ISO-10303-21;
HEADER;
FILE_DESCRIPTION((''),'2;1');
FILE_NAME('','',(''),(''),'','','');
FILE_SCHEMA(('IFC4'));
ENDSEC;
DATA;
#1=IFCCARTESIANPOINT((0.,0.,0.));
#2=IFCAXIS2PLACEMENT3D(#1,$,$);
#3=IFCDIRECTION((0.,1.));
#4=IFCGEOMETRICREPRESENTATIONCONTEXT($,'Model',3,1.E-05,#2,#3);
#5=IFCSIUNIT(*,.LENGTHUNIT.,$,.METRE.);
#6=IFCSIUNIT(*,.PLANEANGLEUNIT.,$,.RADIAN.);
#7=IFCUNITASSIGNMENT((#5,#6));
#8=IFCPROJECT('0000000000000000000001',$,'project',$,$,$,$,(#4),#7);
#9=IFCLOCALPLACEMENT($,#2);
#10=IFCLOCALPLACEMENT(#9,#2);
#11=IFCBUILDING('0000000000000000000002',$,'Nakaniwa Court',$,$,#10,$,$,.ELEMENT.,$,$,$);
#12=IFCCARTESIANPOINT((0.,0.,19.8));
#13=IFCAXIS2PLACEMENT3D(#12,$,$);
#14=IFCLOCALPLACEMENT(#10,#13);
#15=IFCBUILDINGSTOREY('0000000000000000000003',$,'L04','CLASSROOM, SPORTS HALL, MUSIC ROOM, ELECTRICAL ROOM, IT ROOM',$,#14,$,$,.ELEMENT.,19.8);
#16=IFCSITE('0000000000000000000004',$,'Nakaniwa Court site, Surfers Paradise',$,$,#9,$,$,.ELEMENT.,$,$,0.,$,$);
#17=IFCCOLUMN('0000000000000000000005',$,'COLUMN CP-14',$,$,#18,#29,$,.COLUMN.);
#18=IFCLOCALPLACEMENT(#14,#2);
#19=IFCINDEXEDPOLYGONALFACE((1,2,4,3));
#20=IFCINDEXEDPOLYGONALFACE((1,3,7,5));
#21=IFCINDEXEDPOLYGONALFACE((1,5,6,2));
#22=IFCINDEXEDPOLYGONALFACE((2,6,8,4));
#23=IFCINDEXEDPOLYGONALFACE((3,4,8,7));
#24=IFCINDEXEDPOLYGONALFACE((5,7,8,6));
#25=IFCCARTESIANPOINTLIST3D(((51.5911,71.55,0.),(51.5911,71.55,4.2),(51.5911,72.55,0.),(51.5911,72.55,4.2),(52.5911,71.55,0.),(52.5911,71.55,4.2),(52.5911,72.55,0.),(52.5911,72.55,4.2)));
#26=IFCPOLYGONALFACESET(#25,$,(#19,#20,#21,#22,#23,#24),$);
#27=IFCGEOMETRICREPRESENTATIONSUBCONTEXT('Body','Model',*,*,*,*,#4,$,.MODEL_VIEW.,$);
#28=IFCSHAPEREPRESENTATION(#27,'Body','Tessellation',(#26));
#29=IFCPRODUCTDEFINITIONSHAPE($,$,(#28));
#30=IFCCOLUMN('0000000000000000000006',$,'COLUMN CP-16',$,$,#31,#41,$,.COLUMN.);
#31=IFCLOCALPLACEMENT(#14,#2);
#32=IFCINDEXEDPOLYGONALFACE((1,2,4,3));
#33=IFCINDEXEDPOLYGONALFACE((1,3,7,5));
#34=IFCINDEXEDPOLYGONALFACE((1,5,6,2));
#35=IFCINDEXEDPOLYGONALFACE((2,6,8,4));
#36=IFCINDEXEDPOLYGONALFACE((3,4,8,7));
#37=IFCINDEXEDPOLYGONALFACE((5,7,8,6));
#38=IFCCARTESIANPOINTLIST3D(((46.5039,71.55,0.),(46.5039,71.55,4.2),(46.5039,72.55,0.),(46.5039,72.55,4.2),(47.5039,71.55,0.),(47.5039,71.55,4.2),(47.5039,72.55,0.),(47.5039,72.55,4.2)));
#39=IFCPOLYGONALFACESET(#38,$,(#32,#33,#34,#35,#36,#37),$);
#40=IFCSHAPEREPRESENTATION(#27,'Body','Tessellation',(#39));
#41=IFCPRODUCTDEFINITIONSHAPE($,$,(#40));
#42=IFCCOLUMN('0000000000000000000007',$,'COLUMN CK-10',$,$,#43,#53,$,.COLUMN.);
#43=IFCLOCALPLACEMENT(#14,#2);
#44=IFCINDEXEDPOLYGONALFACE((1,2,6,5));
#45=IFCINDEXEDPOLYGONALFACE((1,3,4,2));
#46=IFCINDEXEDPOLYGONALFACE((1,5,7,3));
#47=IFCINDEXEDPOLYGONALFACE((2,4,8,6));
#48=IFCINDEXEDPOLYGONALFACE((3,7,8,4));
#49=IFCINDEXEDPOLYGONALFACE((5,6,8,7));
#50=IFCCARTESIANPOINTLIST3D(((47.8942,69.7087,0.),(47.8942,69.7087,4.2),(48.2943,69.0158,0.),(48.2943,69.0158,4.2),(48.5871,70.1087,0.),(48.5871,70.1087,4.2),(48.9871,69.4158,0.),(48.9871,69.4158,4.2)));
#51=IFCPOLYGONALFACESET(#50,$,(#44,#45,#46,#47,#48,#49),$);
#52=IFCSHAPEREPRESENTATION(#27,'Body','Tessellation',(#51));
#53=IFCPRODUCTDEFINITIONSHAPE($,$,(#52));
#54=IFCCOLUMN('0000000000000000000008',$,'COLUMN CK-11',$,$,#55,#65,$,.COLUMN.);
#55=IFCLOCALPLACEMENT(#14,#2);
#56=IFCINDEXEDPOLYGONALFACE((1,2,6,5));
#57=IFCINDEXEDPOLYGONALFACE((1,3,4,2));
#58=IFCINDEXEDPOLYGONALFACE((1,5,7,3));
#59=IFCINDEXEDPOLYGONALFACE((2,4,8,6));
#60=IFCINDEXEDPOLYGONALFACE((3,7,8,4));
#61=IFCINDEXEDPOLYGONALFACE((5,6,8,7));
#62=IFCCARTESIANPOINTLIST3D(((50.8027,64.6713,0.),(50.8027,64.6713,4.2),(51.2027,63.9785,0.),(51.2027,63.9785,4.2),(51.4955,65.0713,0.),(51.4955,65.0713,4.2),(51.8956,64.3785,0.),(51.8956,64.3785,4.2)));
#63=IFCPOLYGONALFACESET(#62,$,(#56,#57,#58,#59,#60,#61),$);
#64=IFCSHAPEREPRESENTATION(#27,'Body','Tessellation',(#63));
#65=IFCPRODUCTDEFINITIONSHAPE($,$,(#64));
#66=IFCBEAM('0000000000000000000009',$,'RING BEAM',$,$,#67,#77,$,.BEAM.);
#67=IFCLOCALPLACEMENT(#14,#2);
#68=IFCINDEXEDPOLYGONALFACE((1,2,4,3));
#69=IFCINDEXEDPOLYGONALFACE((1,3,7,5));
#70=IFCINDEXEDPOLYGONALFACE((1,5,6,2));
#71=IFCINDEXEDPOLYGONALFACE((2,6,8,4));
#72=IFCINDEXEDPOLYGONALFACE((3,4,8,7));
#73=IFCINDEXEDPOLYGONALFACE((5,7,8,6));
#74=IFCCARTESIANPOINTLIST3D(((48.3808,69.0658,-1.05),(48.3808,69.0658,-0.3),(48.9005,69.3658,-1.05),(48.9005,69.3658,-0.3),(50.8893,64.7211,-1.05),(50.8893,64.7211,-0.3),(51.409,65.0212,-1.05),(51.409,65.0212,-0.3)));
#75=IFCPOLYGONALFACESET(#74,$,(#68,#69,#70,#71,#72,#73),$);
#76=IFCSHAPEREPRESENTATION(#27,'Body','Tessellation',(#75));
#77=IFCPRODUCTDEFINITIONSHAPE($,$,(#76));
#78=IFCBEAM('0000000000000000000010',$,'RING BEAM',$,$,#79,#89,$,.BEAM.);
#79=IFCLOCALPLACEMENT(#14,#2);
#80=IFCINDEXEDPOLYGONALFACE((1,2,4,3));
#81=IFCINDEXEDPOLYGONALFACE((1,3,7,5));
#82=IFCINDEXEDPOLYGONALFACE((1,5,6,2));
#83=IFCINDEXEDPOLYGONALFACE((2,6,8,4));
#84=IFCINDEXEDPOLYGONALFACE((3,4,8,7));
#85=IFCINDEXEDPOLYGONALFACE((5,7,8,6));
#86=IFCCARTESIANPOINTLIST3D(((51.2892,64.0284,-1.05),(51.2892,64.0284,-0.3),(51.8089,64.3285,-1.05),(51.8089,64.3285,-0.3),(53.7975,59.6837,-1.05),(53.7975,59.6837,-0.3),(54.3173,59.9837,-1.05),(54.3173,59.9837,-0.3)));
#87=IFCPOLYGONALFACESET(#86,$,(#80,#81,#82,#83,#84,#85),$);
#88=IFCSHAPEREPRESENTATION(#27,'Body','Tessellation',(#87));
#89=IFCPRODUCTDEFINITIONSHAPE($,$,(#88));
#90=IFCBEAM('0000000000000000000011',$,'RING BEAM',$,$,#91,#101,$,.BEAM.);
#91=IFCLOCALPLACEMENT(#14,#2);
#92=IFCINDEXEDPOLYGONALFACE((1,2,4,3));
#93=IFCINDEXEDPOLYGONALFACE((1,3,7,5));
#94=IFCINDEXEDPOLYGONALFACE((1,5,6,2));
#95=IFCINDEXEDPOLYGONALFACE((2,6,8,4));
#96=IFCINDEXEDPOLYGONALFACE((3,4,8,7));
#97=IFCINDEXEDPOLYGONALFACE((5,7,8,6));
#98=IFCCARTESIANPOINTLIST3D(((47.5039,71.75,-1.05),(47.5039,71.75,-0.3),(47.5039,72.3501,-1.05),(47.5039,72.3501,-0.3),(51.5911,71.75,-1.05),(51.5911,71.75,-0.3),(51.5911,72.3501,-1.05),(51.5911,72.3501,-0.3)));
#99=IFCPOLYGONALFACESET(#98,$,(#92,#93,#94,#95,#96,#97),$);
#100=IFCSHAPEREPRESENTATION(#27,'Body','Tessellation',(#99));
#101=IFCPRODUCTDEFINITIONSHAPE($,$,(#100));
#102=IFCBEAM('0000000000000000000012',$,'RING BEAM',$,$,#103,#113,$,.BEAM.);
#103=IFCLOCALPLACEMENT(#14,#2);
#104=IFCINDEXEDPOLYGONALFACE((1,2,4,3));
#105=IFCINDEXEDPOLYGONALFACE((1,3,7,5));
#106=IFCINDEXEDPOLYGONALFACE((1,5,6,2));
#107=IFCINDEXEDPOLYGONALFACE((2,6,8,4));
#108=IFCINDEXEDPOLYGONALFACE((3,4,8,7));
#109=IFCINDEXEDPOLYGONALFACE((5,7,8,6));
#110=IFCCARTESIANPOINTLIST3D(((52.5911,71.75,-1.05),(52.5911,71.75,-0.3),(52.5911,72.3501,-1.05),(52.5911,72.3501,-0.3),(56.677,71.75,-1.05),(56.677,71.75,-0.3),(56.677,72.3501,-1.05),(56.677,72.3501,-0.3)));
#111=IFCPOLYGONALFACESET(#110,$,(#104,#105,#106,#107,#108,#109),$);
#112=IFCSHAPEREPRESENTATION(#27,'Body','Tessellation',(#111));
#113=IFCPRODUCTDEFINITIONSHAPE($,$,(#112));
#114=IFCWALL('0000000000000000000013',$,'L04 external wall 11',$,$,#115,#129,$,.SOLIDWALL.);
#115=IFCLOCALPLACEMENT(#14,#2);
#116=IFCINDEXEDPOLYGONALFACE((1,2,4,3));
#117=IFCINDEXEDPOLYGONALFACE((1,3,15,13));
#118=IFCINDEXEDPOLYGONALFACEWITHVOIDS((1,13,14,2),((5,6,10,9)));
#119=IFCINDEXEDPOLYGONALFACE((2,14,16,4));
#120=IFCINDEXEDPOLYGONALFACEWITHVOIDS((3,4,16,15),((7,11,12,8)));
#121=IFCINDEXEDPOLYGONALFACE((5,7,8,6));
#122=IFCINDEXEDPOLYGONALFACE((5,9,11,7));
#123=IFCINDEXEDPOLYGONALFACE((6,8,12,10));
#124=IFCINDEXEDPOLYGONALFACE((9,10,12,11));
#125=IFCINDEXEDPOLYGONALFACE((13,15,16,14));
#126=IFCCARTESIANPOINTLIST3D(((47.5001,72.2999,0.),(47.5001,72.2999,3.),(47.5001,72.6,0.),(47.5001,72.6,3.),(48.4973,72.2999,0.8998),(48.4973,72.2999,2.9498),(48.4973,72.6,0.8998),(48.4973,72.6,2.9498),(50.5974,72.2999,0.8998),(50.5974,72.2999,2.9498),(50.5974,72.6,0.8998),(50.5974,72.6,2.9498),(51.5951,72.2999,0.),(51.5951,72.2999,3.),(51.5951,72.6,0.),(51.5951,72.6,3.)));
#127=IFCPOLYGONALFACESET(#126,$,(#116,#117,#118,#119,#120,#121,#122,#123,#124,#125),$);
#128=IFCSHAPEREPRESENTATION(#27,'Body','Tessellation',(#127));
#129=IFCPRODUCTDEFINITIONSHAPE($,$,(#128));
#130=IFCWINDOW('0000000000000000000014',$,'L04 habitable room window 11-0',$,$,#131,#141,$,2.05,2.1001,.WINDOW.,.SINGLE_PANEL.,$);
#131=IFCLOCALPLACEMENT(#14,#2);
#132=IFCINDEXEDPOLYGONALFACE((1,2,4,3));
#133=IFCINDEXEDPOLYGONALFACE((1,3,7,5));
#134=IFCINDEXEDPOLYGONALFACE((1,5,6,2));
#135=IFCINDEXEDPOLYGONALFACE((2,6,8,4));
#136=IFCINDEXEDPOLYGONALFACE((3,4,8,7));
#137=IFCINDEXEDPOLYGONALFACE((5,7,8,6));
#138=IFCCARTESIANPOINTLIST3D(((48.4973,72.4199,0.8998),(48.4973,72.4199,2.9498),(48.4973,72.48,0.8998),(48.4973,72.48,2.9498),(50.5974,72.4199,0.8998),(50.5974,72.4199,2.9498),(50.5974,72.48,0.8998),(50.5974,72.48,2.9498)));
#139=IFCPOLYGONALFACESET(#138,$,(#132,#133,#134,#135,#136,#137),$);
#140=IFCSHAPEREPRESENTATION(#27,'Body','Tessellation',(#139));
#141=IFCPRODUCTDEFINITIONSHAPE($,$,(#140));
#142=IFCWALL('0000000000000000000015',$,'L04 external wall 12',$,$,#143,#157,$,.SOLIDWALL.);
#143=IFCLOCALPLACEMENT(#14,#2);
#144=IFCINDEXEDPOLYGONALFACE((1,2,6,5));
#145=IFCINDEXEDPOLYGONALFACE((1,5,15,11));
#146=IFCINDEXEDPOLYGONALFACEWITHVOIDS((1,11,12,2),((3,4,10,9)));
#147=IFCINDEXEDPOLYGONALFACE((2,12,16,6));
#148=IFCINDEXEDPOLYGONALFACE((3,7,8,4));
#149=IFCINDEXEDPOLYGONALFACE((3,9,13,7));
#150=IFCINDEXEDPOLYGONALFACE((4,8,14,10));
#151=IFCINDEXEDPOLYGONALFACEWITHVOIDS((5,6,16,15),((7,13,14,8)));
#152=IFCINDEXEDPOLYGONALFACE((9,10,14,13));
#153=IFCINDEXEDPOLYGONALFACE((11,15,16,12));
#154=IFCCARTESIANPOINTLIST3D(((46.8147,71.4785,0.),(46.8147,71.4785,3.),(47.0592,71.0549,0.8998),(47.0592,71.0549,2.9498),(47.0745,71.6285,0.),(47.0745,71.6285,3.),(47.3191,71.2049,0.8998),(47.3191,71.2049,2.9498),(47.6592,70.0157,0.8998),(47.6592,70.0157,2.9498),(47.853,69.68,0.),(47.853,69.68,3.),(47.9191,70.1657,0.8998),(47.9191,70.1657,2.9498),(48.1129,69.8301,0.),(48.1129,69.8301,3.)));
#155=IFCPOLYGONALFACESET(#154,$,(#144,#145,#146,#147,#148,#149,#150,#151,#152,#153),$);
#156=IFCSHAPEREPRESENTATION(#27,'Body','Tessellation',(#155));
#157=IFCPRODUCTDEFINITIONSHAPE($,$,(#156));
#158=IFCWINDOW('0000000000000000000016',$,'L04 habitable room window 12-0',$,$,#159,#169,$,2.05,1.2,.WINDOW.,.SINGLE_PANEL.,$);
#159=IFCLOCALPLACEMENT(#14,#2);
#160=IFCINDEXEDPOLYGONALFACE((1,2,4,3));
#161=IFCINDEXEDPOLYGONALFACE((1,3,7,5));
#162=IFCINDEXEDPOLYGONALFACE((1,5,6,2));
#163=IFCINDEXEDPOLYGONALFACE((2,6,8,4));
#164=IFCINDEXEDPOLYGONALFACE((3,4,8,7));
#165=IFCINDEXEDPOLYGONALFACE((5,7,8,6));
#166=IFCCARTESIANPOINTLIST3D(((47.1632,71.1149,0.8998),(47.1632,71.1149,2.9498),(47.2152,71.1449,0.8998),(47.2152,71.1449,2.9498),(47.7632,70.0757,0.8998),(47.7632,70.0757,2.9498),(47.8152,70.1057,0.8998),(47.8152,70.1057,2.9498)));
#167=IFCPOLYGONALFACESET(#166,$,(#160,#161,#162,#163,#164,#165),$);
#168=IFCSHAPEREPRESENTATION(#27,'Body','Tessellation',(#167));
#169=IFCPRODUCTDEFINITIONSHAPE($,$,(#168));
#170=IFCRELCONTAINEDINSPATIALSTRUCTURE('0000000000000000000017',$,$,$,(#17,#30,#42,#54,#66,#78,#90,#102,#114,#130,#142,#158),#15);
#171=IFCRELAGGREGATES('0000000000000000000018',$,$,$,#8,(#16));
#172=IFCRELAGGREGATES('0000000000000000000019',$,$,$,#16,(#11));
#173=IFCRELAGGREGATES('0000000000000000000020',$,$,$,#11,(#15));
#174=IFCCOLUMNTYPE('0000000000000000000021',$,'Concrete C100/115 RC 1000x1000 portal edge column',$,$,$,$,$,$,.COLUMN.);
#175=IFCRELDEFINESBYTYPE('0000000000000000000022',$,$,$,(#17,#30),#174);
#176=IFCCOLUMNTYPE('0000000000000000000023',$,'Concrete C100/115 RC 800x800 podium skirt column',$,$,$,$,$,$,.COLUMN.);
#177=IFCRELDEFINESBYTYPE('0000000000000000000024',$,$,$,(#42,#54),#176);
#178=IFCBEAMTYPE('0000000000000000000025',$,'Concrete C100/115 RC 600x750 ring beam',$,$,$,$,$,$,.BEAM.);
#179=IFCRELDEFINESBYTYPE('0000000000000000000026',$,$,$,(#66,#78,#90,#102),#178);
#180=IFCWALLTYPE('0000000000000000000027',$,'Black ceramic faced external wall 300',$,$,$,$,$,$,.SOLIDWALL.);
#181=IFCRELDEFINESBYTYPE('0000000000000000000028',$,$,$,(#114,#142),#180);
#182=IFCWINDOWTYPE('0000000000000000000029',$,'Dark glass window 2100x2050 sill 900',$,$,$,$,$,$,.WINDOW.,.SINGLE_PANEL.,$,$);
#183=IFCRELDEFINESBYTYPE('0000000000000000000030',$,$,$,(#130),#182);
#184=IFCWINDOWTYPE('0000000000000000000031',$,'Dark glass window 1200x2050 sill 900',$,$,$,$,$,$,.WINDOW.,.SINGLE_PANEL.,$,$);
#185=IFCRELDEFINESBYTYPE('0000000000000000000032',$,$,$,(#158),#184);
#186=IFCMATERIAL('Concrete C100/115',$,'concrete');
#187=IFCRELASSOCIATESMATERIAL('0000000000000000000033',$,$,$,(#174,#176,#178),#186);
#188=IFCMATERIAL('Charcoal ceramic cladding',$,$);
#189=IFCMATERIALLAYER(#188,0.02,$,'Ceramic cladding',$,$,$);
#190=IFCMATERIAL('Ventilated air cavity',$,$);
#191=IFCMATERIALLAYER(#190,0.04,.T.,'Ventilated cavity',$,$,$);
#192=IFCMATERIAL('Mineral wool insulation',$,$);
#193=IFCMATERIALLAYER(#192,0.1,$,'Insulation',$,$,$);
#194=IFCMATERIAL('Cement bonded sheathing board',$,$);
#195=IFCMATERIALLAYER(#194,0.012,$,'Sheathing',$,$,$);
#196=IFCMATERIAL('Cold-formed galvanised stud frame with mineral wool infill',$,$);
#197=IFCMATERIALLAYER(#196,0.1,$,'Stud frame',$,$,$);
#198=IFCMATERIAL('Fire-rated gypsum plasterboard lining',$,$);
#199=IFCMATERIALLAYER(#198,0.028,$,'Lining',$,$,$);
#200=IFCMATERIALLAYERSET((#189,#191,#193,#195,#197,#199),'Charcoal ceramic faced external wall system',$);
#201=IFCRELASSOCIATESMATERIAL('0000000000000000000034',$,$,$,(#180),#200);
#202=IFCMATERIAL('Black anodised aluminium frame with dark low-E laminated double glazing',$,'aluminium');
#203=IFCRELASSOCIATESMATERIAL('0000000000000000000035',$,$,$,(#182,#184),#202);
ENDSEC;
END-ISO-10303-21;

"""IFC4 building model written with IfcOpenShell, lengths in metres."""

from ifc_helpers import new_model, si_unit, direction, frame, frame_2d, origin, origin_2d, place, context, subcontext, project, spatial, rectangle, extrude, material, layer, layer_set, material_profile, profile_set, type_object, element, fill, save


model = new_model("IFC4")

# Units and contexts
model_context = context("Model", 3, precision=1e-05, world=origin(), true_north=direction((0.0, 1.0)))
body_context = subcontext(model_context, "Body", "Model", "MODEL_VIEW")
ifc_project = project(units=[si_unit("LENGTHUNIT", "METRE"), si_unit("PLANEANGLEUNIT", "RADIAN")], contexts=[model_context])

# Site, building, storey
site_placement = place(None, origin())
site = spatial("IfcSite", under=ifc_project, at=site_placement, Name="Nakaniwa Court site, Surfers Paradise", CompositionType="ELEMENT", RefElevation=0.0)
building_placement = place(site_placement, origin())
building = spatial("IfcBuilding", under=site, at=building_placement, Name="Nakaniwa Court", CompositionType="ELEMENT")
storey_placement = place(building_placement, frame((0.0, 0.0, 19.8)))
storey = spatial("IfcBuildingStorey", under=building, at=storey_placement, Name="L04", Description="CLASSROOM, SPORTS HALL, MUSIC ROOM, ELECTRICAL ROOM, IT ROOM", CompositionType="ELEMENT", Elevation=19.8)

# Columns
ifc_material_1 = material(Name="Concrete C100/115", Category="concrete")
ifc_material_profile_1 = material_profile(ifc_material_1, rectangle(XDim=1.0, YDim=1.0, at=origin_2d()), Name="Concrete C100/115 RC 1000x1000 portal edge column")
ifc_profile_set_1 = profile_set([ifc_material_profile_1], Name="Concrete C100/115")
column_type_1 = type_object("IfcColumnType", Name="Concrete C100/115 RC 1000x1000 portal edge column", PredefinedType="COLUMN", material=ifc_profile_set_1)
for number, where, z_axis, x_axis, name in (
    (1, (52.0911, 72.05, 0.0), (0.0, 0.0, 1.0), (1.0, 0.0, 0.0), "COLUMN CP-14"),
    (2, (47.0039, 72.05, 0.0), (0.0, 0.0, 1.0), (1.0, 0.0, 0.0), "COLUMN CP-16"),
):
    element("IfcColumn", number, at=place(storey_placement, frame(where, z_axis=z_axis, x_axis=x_axis)), inside=storey, type_object=column_type_1, Name=name, PredefinedType="COLUMN", context=body_context, shape_type="SweptSolid", body=[
        extrude(rectangle(XDim=1.0, YDim=1.0, at=origin_2d()), origin(), (0.0, 0.0, 1.0), 4.2),
    ])
ifc_material_profile_2 = material_profile(ifc_material_1, rectangle(XDim=0.8, YDim=0.8, at=origin_2d()), Name="Concrete C100/115 RC 800x800 podium skirt column")
ifc_profile_set_2 = profile_set([ifc_material_profile_2], Name="Concrete C100/115")
column_type_2 = type_object("IfcColumnType", Name="Concrete C100/115 RC 800x800 podium skirt column", PredefinedType="COLUMN", material=ifc_profile_set_2)
for number, where, z_axis, x_axis, name in (
    (3, (48.4407, 69.5623, 0.0), (0.0, 0.0, 1.0), (0.5, -0.866025, 0.0), "COLUMN CK-10"),
    (4, (51.3491, 64.5249, 0.0), (0.0, 0.0, 1.0), (0.5, -0.866025, 0.0), "COLUMN CK-11"),
):
    element("IfcColumn", number, at=place(storey_placement, frame(where, z_axis=z_axis, x_axis=x_axis)), inside=storey, type_object=column_type_2, Name=name, PredefinedType="COLUMN", context=body_context, shape_type="SweptSolid", body=[
        extrude(rectangle(XDim=0.8, YDim=0.8, at=origin_2d()), origin(), (0.0, 0.0, 1.0), 4.2),
    ])

# Beams
ifc_material_profile_3 = material_profile(ifc_material_1, rectangle(XDim=0.6001, YDim=0.75, at=origin_2d()), Name="Concrete C100/115 RC 600x750 ring beam")
ifc_profile_set_3 = profile_set([ifc_material_profile_3], Name="Concrete C100/115")
beam_type = type_object("IfcBeamType", Name="Concrete C100/115 RC 600x750 ring beam", PredefinedType="BEAM", material=ifc_profile_set_3)
for number, where, z_axis, x_axis, name in (
    (5, (48.6406, 69.2158, -0.675), (0.500017, -0.866015, 0.0), (0.866015, 0.500017, 0.0), "RING BEAM"),
    (6, (51.5491, 64.1785, -0.675), (0.499981, -0.866036, 0.0), (0.866036, 0.499981, 0.0), "RING BEAM"),
):
    element("IfcBeam", number, at=place(storey_placement, frame(where, z_axis=z_axis, x_axis=x_axis)), inside=storey, type_object=beam_type, Name=name, PredefinedType="BEAM", context=body_context, shape_type="SweptSolid", body=[
        extrude(rectangle(XDim=0.6001, YDim=0.75, at=origin_2d()), origin(), (0.0, 0.0, 1.0), 5.0168),
    ])
beam_1_placement = place(storey_placement, frame((47.5039, 72.05, -0.675), z_axis=(1.0, 0.0, 0.0), x_axis=(0.0, 1.0, 0.0)))
element("IfcBeam", 7, at=beam_1_placement, inside=storey, type_object=beam_type, Name="RING BEAM", PredefinedType="BEAM", context=body_context, shape_type="SweptSolid", body=[
    extrude(rectangle(XDim=0.6001, YDim=0.75, at=origin_2d()), origin(), (0.0, 0.0, 1.0), 4.0872),
])
beam_2_placement = place(storey_placement, frame((52.5911, 72.05, -0.675), z_axis=(1.0, 0.0, 0.0), x_axis=(0.0, 1.0, 0.0)))
element("IfcBeam", 8, at=beam_2_placement, inside=storey, type_object=beam_type, Name="RING BEAM", PredefinedType="BEAM", context=body_context, shape_type="SweptSolid", body=[
    extrude(rectangle(XDim=0.6001, YDim=0.75, at=origin_2d()), origin(), (0.0, 0.0, 1.0), 4.0859),
])

# Walls, openings, windows
ifc_material_2 = material(Name="Charcoal ceramic cladding")
ifc_layer_1 = layer(ifc_material_2, 0.02, Name="Ceramic cladding")
ifc_material_3 = material(Name="Ventilated air cavity")
ifc_layer_2 = layer(ifc_material_3, 0.04, ventilated=True, Name="Ventilated cavity")
ifc_material_4 = material(Name="Mineral wool insulation")
ifc_layer_3 = layer(ifc_material_4, 0.1, Name="Insulation")
ifc_material_5 = material(Name="Cement bonded sheathing board")
ifc_layer_4 = layer(ifc_material_5, 0.012, Name="Sheathing")
ifc_material_6 = material(Name="Cold-formed galvanised stud frame with mineral wool infill")
ifc_layer_5 = layer(ifc_material_6, 0.1, Name="Stud frame")
ifc_material_7 = material(Name="Fire-rated gypsum plasterboard lining")
ifc_layer_6 = layer(ifc_material_7, 0.028, Name="Lining")
ifc_layer_set_1 = layer_set([ifc_layer_1, ifc_layer_2, ifc_layer_3, ifc_layer_4, ifc_layer_5, ifc_layer_6], Name="Charcoal ceramic faced external wall system")
wall_type_1 = type_object("IfcWallType", Name="Black ceramic faced external wall 300", PredefinedType="SOLIDWALL", material=ifc_layer_set_1)
wall_1_placement = place(storey_placement, frame((51.595, 72.45, 0.0), z_axis=(0.0, 0.0, 1.0), x_axis=(-1.0, 0.0, 0.0)))
wall_1 = element("IfcWall", 9, at=wall_1_placement, inside=storey, type_object=wall_type_1, Name="L04 external wall 11", PredefinedType="SOLIDWALL", context=body_context, shape_type="SweptSolid", body=[
    extrude(rectangle(XDim=4.095, YDim=0.3, at=frame_2d((2.0474, 0.0))), origin(), (0.0, 0.0, 1.0), 3.0),
])
opening_1_placement = place(wall_1_placement, frame((0.9976, 0.0, 0.8999)))
opening_1 = element("IfcOpeningElement", 10, at=opening_1_placement, cuts=wall_1, PredefinedType="OPENING", context=body_context, shape_type="SweptSolid", body=[
    extrude(rectangle(XDim=2.1001, YDim=2.05, at=frame_2d((1.05, 1.0249))), frame((0.0, 0.1599, 0.0), z_axis=(0.0, -1.0, 0.0), x_axis=(1.0, 0.0, 0.0)), (0.0, 0.0, 1.0), 0.3201),
])
ifc_material_8 = material(Name="Black anodised aluminium frame with dark low-E laminated double glazing", Category="aluminium")
window_type_1 = type_object("IfcWindowType", Name="Dark glass window 2100x2050 sill 900", PartitioningType="SINGLE_PANEL", PredefinedType="WINDOW", material=ifc_material_8)
window_1_placement = place(opening_1_placement, origin())
window_1 = element("IfcWindow", 11, at=window_1_placement, inside=storey, type_object=window_type_1, Name="L04 habitable room window 11-0", OverallHeight=2.05, OverallWidth=2.1001, PartitioningType="SINGLE_PANEL", PredefinedType="WINDOW", context=body_context, shape_type="SweptSolid", body=[
    extrude(rectangle(XDim=2.1001, YDim=2.05, at=frame_2d((1.05, 1.0249))), frame((0.0, 0.03, 0.0), z_axis=(0.0, -1.0, 0.0), x_axis=(1.0, 0.0, 0.0)), (0.0, 0.0, 1.0), 0.0601),
])
fill(opening_1, window_1)
wall_2_placement = place(storey_placement, frame((46.9446, 71.5535, 0.0), z_axis=(0.0, 0.0, 1.0), x_axis=(0.500021, -0.866013, 0.0)))
wall_2 = element("IfcWall", 12, at=wall_2_placement, inside=storey, type_object=wall_type_1, Name="L04 external wall 12", PredefinedType="SOLIDWALL", context=body_context, shape_type="SweptSolid", body=[
    extrude(rectangle(XDim=2.0767, YDim=0.3, at=frame_2d((1.0383, 0.0))), origin(), (0.0, 0.0, 1.0), 3.0),
])
opening_2_placement = place(wall_2_placement, frame((0.489, 0.0, 0.8999)))
opening_2 = element("IfcOpeningElement", 13, at=opening_2_placement, cuts=wall_2, PredefinedType="OPENING", context=body_context, shape_type="SweptSolid", body=[
    extrude(rectangle(XDim=1.2, YDim=2.05, at=frame_2d((0.6001, 1.0249))), frame((0.0, 0.1599, 0.0), z_axis=(0.0, -1.0, 0.0), x_axis=(1.0, 0.0, 0.0)), (0.0, 0.0, 1.0), 0.3201),
])
window_type_2 = type_object("IfcWindowType", Name="Dark glass window 1200x2050 sill 900", PartitioningType="SINGLE_PANEL", PredefinedType="WINDOW", material=ifc_material_8)
window_2_placement = place(opening_2_placement, origin())
window_2 = element("IfcWindow", 14, at=window_2_placement, inside=storey, type_object=window_type_2, Name="L04 habitable room window 12-0", OverallHeight=2.05, OverallWidth=1.2, PartitioningType="SINGLE_PANEL", PredefinedType="WINDOW", context=body_context, shape_type="SweptSolid", body=[
    extrude(rectangle(XDim=1.2, YDim=2.05, at=frame_2d((0.6001, 1.0249))), frame((0.0, 0.03, 0.0), z_axis=(0.0, -1.0, 0.0), x_axis=(1.0, 0.0, 0.0)), (0.0, 0.0, 1.0), 0.0601),
])
fill(opening_2, window_2)

save(model, "model.ifc")
